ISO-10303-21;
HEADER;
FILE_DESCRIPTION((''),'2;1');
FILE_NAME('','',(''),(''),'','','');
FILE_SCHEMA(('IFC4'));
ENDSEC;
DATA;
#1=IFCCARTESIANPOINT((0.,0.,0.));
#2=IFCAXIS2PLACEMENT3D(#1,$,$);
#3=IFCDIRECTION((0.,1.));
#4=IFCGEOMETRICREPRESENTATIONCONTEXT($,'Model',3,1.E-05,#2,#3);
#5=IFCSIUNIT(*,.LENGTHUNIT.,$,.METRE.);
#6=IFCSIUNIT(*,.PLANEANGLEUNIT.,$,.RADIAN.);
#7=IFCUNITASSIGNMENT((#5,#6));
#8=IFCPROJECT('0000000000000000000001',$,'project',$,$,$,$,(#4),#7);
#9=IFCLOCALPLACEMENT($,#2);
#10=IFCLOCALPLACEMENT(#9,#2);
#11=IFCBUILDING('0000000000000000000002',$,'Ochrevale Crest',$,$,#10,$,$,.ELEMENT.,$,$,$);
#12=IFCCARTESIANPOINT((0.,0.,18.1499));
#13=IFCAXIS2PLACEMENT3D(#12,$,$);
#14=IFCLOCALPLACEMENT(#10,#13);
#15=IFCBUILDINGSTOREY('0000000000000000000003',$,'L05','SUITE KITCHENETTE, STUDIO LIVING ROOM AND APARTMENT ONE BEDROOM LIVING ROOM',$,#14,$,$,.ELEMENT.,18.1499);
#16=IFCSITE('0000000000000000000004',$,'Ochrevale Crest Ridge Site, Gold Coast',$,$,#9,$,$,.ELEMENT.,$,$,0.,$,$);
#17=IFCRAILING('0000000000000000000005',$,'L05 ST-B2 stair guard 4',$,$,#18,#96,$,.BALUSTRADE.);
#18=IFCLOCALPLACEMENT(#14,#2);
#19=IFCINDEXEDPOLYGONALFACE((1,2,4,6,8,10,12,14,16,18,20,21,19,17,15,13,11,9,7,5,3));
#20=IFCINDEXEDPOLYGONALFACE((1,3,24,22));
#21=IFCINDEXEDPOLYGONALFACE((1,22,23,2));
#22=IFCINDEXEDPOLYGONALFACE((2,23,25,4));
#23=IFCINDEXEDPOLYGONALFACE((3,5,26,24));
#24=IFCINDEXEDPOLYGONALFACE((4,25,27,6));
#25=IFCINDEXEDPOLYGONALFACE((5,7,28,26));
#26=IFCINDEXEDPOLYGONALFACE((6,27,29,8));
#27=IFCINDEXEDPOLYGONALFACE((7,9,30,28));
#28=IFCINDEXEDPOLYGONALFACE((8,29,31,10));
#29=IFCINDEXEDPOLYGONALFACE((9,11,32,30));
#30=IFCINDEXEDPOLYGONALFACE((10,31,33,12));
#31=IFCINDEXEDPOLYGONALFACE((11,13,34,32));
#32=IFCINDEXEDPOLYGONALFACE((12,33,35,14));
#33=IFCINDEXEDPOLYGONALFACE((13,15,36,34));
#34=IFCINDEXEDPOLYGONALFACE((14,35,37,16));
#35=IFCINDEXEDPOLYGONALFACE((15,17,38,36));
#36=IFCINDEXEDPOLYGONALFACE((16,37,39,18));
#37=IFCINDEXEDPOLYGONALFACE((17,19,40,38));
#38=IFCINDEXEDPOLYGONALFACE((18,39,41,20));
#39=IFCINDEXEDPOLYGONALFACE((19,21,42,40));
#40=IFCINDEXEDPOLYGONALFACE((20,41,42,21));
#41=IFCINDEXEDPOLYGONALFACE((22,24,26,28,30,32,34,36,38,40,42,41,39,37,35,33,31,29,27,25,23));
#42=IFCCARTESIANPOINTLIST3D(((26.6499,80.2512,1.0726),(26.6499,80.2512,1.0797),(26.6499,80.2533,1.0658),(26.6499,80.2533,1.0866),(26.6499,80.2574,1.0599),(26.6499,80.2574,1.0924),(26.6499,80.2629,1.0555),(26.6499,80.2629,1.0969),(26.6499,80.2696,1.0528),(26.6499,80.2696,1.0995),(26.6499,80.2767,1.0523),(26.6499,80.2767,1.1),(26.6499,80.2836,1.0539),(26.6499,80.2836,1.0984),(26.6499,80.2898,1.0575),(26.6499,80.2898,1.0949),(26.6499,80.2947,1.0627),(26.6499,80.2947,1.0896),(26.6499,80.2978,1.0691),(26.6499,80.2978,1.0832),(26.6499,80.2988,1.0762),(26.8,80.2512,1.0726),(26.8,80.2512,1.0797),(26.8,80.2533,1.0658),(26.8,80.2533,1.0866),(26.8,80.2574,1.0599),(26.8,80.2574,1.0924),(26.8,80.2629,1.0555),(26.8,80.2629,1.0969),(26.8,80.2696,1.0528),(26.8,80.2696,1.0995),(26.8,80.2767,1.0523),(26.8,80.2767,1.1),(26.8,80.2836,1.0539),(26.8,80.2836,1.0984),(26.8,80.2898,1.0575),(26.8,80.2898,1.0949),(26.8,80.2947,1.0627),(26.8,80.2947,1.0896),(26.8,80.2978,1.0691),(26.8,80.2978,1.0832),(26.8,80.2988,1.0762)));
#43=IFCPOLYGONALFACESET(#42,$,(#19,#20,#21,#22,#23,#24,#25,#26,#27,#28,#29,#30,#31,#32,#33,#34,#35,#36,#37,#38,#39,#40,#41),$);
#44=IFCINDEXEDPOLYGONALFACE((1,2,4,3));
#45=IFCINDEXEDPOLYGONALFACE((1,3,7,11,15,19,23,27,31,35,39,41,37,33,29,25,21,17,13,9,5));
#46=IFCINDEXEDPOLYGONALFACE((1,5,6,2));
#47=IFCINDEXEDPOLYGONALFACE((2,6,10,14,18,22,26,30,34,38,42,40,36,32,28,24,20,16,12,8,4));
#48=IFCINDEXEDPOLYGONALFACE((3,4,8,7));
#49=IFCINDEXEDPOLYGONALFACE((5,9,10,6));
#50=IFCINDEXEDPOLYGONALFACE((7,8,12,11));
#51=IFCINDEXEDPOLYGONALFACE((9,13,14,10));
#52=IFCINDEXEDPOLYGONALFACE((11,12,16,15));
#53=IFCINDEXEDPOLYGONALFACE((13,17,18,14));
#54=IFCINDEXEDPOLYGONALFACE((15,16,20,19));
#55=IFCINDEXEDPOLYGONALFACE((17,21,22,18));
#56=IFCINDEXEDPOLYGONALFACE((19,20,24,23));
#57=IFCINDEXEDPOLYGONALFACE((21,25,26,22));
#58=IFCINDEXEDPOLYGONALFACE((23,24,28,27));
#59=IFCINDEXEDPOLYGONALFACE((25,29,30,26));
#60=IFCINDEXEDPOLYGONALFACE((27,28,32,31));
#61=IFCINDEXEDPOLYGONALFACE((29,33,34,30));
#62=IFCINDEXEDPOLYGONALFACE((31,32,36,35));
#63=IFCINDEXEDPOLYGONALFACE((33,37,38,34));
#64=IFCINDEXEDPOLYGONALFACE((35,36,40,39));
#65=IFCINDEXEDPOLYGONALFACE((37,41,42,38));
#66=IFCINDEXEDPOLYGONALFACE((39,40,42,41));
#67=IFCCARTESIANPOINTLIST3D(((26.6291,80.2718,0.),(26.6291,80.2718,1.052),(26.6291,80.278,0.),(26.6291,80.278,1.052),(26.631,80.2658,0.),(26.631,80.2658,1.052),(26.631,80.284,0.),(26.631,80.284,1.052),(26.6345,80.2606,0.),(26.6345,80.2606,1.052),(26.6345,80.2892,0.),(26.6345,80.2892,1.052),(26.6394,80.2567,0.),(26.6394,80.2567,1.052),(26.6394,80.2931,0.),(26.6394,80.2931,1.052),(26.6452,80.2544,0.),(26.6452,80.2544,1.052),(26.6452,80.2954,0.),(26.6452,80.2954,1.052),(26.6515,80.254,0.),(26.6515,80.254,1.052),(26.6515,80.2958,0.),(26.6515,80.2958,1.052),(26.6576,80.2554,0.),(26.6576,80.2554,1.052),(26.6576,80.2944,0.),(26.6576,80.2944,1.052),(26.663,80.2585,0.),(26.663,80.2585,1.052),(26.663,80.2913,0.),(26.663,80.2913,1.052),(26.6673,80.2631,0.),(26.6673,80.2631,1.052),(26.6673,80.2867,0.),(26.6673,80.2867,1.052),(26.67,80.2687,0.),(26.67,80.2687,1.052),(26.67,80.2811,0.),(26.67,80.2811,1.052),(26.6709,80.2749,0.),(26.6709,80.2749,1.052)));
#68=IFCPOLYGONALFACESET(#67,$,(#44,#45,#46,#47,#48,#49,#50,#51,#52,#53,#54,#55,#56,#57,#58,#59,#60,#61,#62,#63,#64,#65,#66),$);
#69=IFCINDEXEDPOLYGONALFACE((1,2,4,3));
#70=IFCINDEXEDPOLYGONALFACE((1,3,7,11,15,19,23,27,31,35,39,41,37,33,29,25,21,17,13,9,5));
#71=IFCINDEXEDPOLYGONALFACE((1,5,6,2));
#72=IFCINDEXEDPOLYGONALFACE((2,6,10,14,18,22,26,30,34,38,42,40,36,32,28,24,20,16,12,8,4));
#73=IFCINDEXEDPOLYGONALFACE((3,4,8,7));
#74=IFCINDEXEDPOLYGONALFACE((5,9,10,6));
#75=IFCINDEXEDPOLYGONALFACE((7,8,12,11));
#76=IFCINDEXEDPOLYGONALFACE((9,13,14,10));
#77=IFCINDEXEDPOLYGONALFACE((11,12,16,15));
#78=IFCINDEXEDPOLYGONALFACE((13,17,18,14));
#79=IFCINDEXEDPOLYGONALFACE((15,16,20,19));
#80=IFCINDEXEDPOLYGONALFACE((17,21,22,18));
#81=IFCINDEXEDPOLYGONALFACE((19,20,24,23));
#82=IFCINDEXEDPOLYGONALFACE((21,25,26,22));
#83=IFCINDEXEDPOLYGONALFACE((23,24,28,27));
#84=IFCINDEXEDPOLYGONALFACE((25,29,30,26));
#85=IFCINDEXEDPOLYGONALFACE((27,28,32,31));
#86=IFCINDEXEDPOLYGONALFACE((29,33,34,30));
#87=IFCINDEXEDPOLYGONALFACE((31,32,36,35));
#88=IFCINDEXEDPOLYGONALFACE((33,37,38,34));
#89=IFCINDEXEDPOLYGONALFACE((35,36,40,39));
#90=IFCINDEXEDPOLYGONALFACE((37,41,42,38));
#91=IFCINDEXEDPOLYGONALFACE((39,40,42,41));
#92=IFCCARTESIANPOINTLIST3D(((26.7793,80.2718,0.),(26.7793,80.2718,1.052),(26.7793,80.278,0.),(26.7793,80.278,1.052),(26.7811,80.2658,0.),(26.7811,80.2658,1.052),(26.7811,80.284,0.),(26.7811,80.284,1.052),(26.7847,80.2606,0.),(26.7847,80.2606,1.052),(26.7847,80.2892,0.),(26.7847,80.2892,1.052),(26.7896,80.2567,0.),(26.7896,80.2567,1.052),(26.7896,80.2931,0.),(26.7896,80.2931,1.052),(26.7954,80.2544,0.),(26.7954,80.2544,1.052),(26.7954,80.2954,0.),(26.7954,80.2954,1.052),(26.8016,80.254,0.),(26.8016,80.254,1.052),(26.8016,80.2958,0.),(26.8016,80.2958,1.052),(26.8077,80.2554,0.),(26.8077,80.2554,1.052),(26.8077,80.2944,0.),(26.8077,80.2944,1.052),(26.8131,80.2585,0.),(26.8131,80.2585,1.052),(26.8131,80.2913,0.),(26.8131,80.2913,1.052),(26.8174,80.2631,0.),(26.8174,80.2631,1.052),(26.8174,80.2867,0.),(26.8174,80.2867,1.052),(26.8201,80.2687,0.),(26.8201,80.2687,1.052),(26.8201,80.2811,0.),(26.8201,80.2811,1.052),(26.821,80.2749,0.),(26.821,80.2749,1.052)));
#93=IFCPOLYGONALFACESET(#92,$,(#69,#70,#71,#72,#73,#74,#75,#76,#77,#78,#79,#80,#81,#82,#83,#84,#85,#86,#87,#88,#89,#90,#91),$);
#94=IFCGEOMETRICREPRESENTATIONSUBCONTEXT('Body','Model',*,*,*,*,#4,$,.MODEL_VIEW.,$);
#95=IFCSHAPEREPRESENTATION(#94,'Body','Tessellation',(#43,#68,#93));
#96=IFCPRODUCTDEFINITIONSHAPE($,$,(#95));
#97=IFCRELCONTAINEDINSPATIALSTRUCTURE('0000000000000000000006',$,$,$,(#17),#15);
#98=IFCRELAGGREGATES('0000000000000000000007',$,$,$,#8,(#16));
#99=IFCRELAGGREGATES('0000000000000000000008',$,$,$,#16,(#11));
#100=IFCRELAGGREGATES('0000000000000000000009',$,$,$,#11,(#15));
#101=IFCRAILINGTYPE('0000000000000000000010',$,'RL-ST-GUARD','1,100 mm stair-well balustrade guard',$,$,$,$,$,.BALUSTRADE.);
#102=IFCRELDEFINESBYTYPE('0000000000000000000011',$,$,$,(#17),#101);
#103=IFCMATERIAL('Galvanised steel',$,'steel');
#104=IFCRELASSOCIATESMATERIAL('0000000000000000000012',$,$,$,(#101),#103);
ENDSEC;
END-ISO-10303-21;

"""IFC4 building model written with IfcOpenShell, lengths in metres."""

from ifc_helpers import new_model, si_unit, direction, frame, origin, origin_2d, place, context, subcontext, project, spatial, circle, extrude, material, type_object, element, save


model = new_model("IFC4")

# Units and contexts
model_context = context("Model", 3, precision=1e-05, world=origin(), true_north=direction((0.0, 1.0)))
body_context = subcontext(model_context, "Body", "Model", "MODEL_VIEW")
ifc_project = project(units=[si_unit("LENGTHUNIT", "METRE"), si_unit("PLANEANGLEUNIT", "RADIAN")], contexts=[model_context])

# Site, building, storey
site_placement = place(None, origin())
site = spatial("IfcSite", under=ifc_project, at=site_placement, Name="Ochrevale Crest Ridge Site, Gold Coast", CompositionType="ELEMENT", RefElevation=0.0)
building_placement = place(site_placement, origin())
building = spatial("IfcBuilding", under=site, at=building_placement, Name="Ochrevale Crest", CompositionType="ELEMENT")
storey_placement = place(building_placement, frame((0.0, 0.0, 18.1499)))
storey = spatial("IfcBuildingStorey", under=building, at=storey_placement, Name="L05", Description="SUITE KITCHENETTE, STUDIO LIVING ROOM AND APARTMENT ONE BEDROOM LIVING ROOM", CompositionType="ELEMENT", Elevation=18.1499)

# Railing
ifc_material_1 = material(Name="Galvanised steel", Category="steel")
railing_type_1 = type_object("IfcRailingType", Name="RL-ST-GUARD", Description="1,100 mm stair-well balustrade guard", PredefinedType="BALUSTRADE", material=ifc_material_1)
railing_1_placement = place(storey_placement, frame((26.6499, 80.2749, 0.0)))
element("IfcRailing", 1, at=railing_1_placement, inside=storey, type_object=railing_type_1, Name="L05 ST-B2 stair guard 4", PredefinedType="BALUSTRADE", context=body_context, shape_type="SweptSolid", body=[
    extrude(circle(Radius=0.0239, at=origin_2d()), frame((0.0, 0.0, 1.0762), z_axis=(1.0, 0.0, 0.0), x_axis=(0.0, 1.0, 0.0)), (0.0, 0.0, 1.0), 0.1501),
    extrude(circle(Radius=0.021, at=origin_2d()), origin(), (0.0, 0.0, 1.0), 1.052),
    extrude(circle(Radius=0.021, at=origin_2d()), frame((0.1501, 0.0, 0.0)), (0.0, 0.0, 1.0), 1.052),
])

save(model, "model.ifc")
